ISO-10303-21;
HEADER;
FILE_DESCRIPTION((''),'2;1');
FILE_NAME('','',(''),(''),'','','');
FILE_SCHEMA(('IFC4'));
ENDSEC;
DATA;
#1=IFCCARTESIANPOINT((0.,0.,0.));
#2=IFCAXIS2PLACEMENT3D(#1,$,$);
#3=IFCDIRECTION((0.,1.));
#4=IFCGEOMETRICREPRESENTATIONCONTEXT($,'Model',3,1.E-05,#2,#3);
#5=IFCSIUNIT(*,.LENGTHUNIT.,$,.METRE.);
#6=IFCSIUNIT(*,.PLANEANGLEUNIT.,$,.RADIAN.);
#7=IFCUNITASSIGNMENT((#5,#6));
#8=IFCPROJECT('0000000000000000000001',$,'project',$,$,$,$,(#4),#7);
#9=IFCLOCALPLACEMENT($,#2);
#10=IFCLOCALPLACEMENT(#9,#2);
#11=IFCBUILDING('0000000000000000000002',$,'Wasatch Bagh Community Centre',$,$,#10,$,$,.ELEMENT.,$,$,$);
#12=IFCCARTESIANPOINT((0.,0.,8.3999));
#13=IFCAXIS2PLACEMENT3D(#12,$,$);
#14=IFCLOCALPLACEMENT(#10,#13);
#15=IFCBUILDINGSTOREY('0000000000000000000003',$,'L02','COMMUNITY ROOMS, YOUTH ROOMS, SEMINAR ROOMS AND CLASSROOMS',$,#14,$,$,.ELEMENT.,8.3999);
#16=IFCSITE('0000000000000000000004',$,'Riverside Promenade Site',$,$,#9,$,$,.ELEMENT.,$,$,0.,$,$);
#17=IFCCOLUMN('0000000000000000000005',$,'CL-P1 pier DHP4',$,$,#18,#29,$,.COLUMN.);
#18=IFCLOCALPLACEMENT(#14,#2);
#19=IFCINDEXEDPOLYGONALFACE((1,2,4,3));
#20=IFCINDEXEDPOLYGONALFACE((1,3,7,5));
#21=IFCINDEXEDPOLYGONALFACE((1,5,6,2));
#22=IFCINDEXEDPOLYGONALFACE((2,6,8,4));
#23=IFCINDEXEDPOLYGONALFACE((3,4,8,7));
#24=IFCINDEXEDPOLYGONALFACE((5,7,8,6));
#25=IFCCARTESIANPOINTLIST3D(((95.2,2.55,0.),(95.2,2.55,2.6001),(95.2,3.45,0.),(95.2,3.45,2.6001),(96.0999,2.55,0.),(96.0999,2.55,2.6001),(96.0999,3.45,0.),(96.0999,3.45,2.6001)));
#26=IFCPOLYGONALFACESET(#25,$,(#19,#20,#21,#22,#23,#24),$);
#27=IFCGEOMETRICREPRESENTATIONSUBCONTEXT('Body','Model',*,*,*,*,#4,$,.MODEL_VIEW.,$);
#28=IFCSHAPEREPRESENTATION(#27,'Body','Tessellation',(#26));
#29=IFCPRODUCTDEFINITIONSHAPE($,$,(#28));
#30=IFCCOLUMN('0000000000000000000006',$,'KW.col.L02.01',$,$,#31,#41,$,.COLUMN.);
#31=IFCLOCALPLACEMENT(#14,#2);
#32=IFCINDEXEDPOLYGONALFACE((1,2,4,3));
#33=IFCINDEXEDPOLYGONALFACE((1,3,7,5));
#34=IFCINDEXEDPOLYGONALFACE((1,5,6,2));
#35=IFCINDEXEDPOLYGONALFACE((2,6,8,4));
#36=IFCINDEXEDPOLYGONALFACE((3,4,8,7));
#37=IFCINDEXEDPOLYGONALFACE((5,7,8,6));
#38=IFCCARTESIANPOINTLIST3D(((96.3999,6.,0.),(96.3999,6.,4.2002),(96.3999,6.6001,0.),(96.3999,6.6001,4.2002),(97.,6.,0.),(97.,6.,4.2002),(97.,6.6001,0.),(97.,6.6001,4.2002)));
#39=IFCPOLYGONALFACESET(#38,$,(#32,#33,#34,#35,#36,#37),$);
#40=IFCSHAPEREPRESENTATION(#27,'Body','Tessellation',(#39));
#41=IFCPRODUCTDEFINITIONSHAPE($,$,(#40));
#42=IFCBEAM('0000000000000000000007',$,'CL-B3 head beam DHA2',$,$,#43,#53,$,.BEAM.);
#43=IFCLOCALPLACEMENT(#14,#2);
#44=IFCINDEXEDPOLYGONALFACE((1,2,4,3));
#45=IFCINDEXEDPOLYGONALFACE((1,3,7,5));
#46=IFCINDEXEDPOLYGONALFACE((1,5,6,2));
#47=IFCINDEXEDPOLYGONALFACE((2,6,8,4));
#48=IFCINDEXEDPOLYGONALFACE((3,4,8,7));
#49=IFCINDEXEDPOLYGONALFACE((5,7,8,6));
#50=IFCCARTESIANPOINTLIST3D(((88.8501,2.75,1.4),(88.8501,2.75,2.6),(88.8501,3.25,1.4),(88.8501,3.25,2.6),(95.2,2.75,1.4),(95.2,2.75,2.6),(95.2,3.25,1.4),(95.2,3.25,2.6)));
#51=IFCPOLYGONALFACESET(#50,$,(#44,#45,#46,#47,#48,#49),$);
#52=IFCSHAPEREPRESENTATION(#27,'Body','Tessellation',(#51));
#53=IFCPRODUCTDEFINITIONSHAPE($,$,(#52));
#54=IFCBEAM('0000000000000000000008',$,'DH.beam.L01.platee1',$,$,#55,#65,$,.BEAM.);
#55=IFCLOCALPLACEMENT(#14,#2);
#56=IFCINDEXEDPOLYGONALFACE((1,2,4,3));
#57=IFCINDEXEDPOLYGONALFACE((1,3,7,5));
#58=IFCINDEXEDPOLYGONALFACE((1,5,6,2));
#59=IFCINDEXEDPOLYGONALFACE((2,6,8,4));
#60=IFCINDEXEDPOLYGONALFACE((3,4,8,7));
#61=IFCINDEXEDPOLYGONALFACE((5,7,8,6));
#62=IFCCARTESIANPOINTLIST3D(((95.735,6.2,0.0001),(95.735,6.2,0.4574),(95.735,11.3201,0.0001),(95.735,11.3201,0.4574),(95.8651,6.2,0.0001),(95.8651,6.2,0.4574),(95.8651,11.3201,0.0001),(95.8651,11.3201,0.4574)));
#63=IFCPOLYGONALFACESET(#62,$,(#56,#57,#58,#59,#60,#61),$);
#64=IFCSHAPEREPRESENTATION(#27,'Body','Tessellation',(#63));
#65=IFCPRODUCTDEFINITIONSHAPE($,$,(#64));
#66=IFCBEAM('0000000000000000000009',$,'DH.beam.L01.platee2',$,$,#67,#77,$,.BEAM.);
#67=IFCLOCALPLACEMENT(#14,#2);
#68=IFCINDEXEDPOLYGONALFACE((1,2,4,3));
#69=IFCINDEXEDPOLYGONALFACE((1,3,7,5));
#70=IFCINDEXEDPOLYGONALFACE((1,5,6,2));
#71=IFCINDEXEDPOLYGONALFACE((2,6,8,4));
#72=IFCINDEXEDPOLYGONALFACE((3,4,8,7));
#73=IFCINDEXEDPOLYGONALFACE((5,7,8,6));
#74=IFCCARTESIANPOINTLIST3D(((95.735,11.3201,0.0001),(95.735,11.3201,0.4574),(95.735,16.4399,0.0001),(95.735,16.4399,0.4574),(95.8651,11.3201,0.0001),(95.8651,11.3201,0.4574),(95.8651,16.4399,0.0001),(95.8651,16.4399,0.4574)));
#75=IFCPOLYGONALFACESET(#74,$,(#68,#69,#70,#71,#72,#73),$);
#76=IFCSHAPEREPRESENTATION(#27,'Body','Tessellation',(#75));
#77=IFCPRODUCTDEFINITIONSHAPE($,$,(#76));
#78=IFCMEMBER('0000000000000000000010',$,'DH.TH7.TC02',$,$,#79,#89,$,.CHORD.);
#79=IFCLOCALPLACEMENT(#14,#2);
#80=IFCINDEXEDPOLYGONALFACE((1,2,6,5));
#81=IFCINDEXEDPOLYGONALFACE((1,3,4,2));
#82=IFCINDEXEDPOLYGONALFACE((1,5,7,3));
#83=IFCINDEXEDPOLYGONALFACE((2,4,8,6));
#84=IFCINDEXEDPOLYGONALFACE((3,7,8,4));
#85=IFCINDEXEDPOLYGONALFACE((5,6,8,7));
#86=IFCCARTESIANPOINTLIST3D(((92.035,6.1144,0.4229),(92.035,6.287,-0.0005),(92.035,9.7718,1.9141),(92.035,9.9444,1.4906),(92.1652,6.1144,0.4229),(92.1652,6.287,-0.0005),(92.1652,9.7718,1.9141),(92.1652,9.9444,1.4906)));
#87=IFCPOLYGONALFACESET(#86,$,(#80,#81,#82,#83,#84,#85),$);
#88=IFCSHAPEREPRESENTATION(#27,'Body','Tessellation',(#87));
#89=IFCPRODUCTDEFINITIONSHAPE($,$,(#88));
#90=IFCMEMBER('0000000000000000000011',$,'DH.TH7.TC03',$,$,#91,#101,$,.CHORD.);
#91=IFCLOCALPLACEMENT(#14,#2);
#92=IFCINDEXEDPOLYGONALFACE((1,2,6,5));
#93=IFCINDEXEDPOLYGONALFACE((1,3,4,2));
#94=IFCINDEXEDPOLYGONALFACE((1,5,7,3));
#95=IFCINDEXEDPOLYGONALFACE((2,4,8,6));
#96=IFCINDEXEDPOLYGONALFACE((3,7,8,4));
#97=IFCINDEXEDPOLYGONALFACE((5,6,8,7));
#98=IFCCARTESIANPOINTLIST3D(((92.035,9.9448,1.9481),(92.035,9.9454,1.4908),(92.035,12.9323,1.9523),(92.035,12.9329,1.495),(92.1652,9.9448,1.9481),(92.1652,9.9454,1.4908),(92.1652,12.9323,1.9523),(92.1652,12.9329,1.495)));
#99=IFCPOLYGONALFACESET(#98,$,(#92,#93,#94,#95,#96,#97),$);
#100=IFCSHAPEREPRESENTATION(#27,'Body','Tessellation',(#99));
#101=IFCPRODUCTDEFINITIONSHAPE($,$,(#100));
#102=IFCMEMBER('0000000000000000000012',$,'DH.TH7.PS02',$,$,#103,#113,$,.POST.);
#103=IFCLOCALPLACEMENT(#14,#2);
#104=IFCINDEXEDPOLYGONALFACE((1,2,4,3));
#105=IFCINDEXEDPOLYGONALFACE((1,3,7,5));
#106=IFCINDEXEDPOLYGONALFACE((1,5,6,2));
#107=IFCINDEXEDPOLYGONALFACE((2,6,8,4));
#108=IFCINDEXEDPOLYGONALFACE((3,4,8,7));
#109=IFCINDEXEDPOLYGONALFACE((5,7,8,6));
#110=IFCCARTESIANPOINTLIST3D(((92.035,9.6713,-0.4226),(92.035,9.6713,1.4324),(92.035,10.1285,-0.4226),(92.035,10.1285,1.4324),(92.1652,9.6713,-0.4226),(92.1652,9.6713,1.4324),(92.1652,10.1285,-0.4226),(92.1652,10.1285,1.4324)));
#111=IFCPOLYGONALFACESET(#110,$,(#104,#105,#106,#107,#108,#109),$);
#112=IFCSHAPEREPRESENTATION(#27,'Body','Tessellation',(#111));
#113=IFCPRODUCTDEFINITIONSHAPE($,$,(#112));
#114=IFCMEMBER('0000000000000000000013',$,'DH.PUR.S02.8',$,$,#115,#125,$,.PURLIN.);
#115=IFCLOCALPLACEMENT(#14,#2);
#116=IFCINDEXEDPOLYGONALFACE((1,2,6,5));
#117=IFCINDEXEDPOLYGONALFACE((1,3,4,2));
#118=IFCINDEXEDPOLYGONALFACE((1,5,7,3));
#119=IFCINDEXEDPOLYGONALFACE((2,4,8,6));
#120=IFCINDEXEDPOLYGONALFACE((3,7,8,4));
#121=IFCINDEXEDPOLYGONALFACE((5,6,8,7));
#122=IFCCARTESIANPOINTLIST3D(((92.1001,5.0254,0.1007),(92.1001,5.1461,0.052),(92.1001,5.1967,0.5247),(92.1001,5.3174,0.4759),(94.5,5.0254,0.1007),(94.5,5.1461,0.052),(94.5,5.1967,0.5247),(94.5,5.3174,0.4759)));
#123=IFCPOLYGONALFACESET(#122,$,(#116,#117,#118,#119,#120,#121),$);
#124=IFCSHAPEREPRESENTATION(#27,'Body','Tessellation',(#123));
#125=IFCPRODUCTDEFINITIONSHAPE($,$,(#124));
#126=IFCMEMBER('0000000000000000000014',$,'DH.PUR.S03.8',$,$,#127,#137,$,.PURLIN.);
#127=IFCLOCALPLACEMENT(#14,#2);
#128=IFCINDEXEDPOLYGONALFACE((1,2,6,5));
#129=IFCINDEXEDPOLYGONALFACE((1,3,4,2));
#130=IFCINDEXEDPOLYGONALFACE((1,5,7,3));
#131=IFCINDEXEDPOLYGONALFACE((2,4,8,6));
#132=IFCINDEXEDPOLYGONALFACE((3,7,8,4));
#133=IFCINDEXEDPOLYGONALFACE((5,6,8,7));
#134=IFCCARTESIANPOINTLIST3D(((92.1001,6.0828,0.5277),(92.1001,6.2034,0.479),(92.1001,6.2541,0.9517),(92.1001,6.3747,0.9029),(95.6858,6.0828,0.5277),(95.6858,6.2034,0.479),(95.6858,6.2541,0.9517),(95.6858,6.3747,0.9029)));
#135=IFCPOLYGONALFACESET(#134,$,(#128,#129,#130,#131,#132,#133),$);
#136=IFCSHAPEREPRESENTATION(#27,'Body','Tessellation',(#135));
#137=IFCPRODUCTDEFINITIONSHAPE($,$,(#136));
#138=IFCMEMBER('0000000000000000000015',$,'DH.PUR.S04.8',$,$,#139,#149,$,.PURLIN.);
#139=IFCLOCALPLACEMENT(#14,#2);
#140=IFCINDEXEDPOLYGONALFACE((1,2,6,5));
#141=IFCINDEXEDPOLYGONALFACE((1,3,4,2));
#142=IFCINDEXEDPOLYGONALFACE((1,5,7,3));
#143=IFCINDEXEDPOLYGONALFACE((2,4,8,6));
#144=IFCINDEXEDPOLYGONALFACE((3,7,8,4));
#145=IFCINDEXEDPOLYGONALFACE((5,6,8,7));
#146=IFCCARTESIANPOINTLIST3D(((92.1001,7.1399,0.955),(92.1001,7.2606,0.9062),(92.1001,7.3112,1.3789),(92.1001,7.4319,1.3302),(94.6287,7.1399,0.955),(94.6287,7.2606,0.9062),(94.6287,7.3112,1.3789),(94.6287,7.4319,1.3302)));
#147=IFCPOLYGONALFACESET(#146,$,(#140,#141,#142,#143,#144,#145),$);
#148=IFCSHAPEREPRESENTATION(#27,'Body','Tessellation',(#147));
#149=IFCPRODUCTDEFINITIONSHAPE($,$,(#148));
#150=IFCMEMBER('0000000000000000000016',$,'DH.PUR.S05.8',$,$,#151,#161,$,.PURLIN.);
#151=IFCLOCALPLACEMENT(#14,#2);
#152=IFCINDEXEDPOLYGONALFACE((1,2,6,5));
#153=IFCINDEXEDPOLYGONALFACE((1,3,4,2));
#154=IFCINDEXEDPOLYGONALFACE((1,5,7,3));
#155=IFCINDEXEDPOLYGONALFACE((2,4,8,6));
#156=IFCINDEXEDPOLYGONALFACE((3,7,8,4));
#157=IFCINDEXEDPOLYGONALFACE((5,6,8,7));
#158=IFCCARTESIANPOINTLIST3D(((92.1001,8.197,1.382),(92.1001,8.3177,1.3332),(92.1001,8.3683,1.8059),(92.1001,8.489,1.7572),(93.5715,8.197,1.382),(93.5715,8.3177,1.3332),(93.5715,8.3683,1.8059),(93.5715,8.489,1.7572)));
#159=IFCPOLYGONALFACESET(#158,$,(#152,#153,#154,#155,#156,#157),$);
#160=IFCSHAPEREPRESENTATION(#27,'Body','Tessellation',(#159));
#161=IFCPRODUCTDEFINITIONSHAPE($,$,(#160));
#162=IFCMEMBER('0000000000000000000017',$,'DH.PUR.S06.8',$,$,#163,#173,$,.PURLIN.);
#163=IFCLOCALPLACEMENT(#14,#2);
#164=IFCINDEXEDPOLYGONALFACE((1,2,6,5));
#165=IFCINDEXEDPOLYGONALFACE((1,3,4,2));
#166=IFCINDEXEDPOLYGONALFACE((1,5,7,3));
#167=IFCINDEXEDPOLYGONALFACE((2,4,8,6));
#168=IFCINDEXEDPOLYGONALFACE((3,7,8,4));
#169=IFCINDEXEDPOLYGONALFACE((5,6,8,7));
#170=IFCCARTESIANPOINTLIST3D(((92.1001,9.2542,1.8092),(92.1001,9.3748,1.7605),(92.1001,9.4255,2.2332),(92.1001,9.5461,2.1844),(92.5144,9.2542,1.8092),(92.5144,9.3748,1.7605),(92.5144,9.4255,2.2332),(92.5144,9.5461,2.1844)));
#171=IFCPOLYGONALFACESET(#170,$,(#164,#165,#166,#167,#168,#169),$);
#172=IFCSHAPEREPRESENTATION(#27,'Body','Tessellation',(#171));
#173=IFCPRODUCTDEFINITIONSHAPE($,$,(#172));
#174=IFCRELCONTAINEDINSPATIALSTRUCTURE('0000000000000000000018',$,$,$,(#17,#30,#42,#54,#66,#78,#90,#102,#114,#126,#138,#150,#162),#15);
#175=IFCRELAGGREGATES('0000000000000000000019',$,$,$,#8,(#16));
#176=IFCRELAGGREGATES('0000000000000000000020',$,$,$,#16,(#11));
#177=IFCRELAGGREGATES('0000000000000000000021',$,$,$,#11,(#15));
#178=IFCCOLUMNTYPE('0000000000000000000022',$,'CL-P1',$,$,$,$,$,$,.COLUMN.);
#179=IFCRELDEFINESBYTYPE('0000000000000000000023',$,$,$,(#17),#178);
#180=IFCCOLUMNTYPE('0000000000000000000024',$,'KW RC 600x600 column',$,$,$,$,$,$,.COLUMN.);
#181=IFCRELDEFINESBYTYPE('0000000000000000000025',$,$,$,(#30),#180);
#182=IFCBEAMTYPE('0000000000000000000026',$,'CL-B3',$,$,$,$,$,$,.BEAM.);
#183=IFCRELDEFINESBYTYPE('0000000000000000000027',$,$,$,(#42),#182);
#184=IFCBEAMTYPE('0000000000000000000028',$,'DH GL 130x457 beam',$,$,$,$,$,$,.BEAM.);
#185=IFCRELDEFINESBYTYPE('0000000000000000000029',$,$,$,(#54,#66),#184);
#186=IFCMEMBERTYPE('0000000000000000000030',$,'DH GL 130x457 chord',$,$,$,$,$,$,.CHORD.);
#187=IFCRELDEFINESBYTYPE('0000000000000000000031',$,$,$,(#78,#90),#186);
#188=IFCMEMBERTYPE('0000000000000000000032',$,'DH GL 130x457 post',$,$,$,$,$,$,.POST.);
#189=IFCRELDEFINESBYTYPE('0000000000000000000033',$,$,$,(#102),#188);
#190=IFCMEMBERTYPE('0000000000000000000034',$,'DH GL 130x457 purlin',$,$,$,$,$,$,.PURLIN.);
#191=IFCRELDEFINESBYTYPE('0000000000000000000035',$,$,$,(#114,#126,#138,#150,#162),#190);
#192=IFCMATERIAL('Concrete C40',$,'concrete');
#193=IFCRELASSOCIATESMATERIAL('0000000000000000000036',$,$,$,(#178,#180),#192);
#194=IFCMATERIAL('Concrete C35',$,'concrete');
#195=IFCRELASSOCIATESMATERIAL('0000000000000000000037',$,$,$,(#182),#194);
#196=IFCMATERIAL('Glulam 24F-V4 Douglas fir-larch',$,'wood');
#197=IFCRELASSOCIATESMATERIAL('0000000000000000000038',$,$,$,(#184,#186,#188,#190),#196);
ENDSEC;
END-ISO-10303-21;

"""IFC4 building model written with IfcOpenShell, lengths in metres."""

from ifc_helpers import new_model, si_unit, direction, frame, origin, origin_2d, place, context, subcontext, project, spatial, rectangle, extrude, material, material_profile, profile_set, type_object, element, save


model = new_model("IFC4")

# Units and contexts
model_context = context("Model", 3, precision=1e-05, world=origin(), true_north=direction((0.0, 1.0)))
body_context = subcontext(model_context, "Body", "Model", "MODEL_VIEW")
ifc_project = project(units=[si_unit("LENGTHUNIT", "METRE"), si_unit("PLANEANGLEUNIT", "RADIAN")], contexts=[model_context])

# Site, building, storey
site_placement = place(None, origin())
site = spatial("IfcSite", under=ifc_project, at=site_placement, Name="Riverside Promenade Site", CompositionType="ELEMENT", RefElevation=0.0)
building_placement = place(site_placement, origin())
building = spatial("IfcBuilding", under=site, at=building_placement, Name="Wasatch Bagh Community Centre", CompositionType="ELEMENT")
storey_placement = place(building_placement, frame((0.0, 0.0, 8.3999)))
storey = spatial("IfcBuildingStorey", under=building, at=storey_placement, Name="L02", Description="COMMUNITY ROOMS, YOUTH ROOMS, SEMINAR ROOMS AND CLASSROOMS", CompositionType="ELEMENT", Elevation=8.3999)

# Columns
ifc_material_1 = material(Name="Concrete C40", Category="concrete")
ifc_material_profile_1 = material_profile(ifc_material_1, rectangle(XDim=0.8999, YDim=0.8999, at=origin_2d()), Name="RC 900x900")
ifc_profile_set_1 = profile_set([ifc_material_profile_1], Name="Concrete C40")
column_type_1 = type_object("IfcColumnType", Name="CL-P1", PredefinedType="COLUMN", material=ifc_profile_set_1)
column_1_placement = place(storey_placement, frame((95.6499, 3.0, 0.0), z_axis=(0.0, 0.0, 1.0), x_axis=(1.0, 0.0, 0.0)))
element("IfcColumn", 1, at=column_1_placement, inside=storey, type_object=column_type_1, Name="CL-P1 pier DHP4", PredefinedType="COLUMN", context=body_context, shape_type="SweptSolid", body=[
    extrude(rectangle(XDim=0.8999, YDim=0.8999, at=origin_2d()), origin(), (0.0, 0.0, 1.0), 2.6001),
])
ifc_material_profile_2 = material_profile(ifc_material_1, rectangle(XDim=0.6001, YDim=0.6001, at=origin_2d()), Name="RC 600x600")
ifc_profile_set_2 = profile_set([ifc_material_profile_2], Name="Concrete C40")
column_type_2 = type_object("IfcColumnType", Name="KW RC 600x600 column", PredefinedType="COLUMN", material=ifc_profile_set_2)
column_2_placement = place(storey_placement, frame((96.7, 6.3, 0.0), z_axis=(0.0, 0.0, 1.0), x_axis=(1.0, 0.0, 0.0)))
element("IfcColumn", 2, at=column_2_placement, inside=storey, type_object=column_type_2, Name="KW.col.L02.01", PredefinedType="COLUMN", context=body_context, shape_type="SweptSolid", body=[
    extrude(rectangle(XDim=0.6001, YDim=0.6001, at=origin_2d()), origin(), (0.0, 0.0, 1.0), 4.2002),
])

# Beams
ifc_material_2 = material(Name="Concrete C35", Category="concrete")
ifc_material_profile_3 = material_profile(ifc_material_2, rectangle(XDim=0.5, YDim=1.2, at=origin_2d()), Name="RC 500x1200")
ifc_profile_set_3 = profile_set([ifc_material_profile_3], Name="Concrete C35")
beam_type_1 = type_object("IfcBeamType", Name="CL-B3", PredefinedType="BEAM", material=ifc_profile_set_3)
beam_1_placement = place(storey_placement, frame((88.8501, 3.0, 2.0), z_axis=(1.0, 0.0, 0.0), x_axis=(0.0, 1.0, 0.0)))
element("IfcBeam", 3, at=beam_1_placement, inside=storey, type_object=beam_type_1, Name="CL-B3 head beam DHA2", PredefinedType="BEAM", context=body_context, shape_type="SweptSolid", body=[
    extrude(rectangle(XDim=0.5, YDim=1.2, at=origin_2d()), origin(), (0.0, 0.0, 1.0), 6.3499),
])
ifc_material_3 = material(Name="Glulam 24F-V4 Douglas fir-larch", Category="wood")
ifc_material_profile_4 = material_profile(ifc_material_3, rectangle(XDim=0.1301, YDim=0.4573, at=origin_2d()), Name="GL 130x457")
ifc_profile_set_4 = profile_set([ifc_material_profile_4], Name="Glulam 24F-V4 Douglas fir-larch")
beam_type_2 = type_object("IfcBeamType", Name="DH GL 130x457 beam", PredefinedType="BEAM", material=ifc_profile_set_4)
beam_2_placement = place(storey_placement, frame((95.8, 6.2, 0.2288), z_axis=(0.0, 1.0, 0.0), x_axis=(-1.0, 0.0, 0.0)))
element("IfcBeam", 4, at=beam_2_placement, inside=storey, type_object=beam_type_2, Name="DH.beam.L01.platee1", PredefinedType="BEAM", context=body_context, shape_type="SweptSolid", body=[
    extrude(rectangle(XDim=0.1301, YDim=0.4573, at=origin_2d()), origin(), (0.0, 0.0, 1.0), 5.1201),
])
beam_3_placement = place(storey_placement, frame((95.8, 11.3201, 0.2288), z_axis=(0.0, 1.0, 0.0), x_axis=(-1.0, 0.0, 0.0)))
element("IfcBeam", 5, at=beam_3_placement, inside=storey, type_object=beam_type_2, Name="DH.beam.L01.platee2", PredefinedType="BEAM", context=body_context, shape_type="SweptSolid", body=[
    extrude(rectangle(XDim=0.1301, YDim=0.4573, at=origin_2d()), origin(), (0.0, 0.0, 1.0), 5.1199),
])

# Members
ifc_material_profile_5 = material_profile(ifc_material_3, rectangle(XDim=0.1301, YDim=0.4573, at=origin_2d()), Name="GL 130x457")
ifc_profile_set_5 = profile_set([ifc_material_profile_5], Name="Glulam 24F-V4 Douglas fir-larch")
member_type_1 = type_object("IfcMemberType", Name="DH GL 130x457 chord", PredefinedType="CHORD", material=ifc_profile_set_5)
member_1_placement = place(storey_placement, frame((92.1001, 6.2007, 0.2112), z_axis=(0.0, 0.925992, 0.377542), x_axis=(-1.0, 0.0, 0.0)))
element("IfcMember", 6, at=member_1_placement, inside=storey, type_object=member_type_1, Name="DH.TH7.TC02", PredefinedType="CHORD", context=body_context, shape_type="SweptSolid", body=[
    extrude(rectangle(XDim=0.1301, YDim=0.4573, at=origin_2d()), origin(), (0.0, 0.0, 1.0), 3.9497),
])
member_2_placement = place(storey_placement, frame((92.1001, 9.9451, 1.7195), z_axis=(0.0, 0.999999, 0.001389), x_axis=(-1.0, 0.0, 0.0)))
element("IfcMember", 7, at=member_2_placement, inside=storey, type_object=member_type_1, Name="DH.TH7.TC03", PredefinedType="CHORD", context=body_context, shape_type="SweptSolid", body=[
    extrude(rectangle(XDim=0.1301, YDim=0.4573, at=origin_2d()), origin(), (0.0, 0.0, 1.0), 2.9875),
])
ifc_material_profile_6 = material_profile(ifc_material_3, rectangle(XDim=0.1301, YDim=0.4573, at=origin_2d()), Name="GL 130x457")
ifc_profile_set_6 = profile_set([ifc_material_profile_6], Name="Glulam 24F-V4 Douglas fir-larch")
member_type_2 = type_object("IfcMemberType", Name="DH GL 130x457 post", PredefinedType="POST", material=ifc_profile_set_6)
member_3_placement = place(storey_placement, frame((92.1001, 9.8999, -0.4226), z_axis=(0.0, 0.0, 1.0), x_axis=(1.0, 0.0, 0.0)))
element("IfcMember", 8, at=member_3_placement, inside=storey, type_object=member_type_2, Name="DH.TH7.PS02", PredefinedType="POST", context=body_context, shape_type="SweptSolid", body=[
    extrude(rectangle(XDim=0.1301, YDim=0.4573, at=origin_2d()), origin(), (0.0, 0.0, 1.0), 1.855),
])
ifc_material_profile_7 = material_profile(ifc_material_3, rectangle(XDim=0.1301, YDim=0.4573, at=origin_2d()), Name="GL 130x457")
ifc_profile_set_7 = profile_set([ifc_material_profile_7], Name="Glulam 24F-V4 Douglas fir-larch")
member_type_3 = type_object("IfcMemberType", Name="DH GL 130x457 purlin", PredefinedType="PURLIN", material=ifc_profile_set_7)
member_4_placement = place(storey_placement, frame((92.1001, 5.1714, 0.2883), z_axis=(1.0, 0.0, 0.0), x_axis=(0.0, 0.927184, -0.374607)))
element("IfcMember", 9, at=member_4_placement, inside=storey, type_object=member_type_3, Name="DH.PUR.S02.8", PredefinedType="PURLIN", context=body_context, shape_type="SweptSolid", body=[
    extrude(rectangle(XDim=0.1301, YDim=0.4573, at=origin_2d()), origin(), (0.0, 0.0, 1.0), 2.3999),
])
member_5_placement = place(storey_placement, frame((92.1001, 6.2288, 0.7153), z_axis=(1.0, 0.0, 0.0), x_axis=(0.0, 0.927184, -0.374607)))
element("IfcMember", 10, at=member_5_placement, inside=storey, type_object=member_type_3, Name="DH.PUR.S03.8", PredefinedType="PURLIN", context=body_context, shape_type="SweptSolid", body=[
    extrude(rectangle(XDim=0.1301, YDim=0.4573, at=origin_2d()), origin(), (0.0, 0.0, 1.0), 3.5857),
])
member_6_placement = place(storey_placement, frame((92.1001, 7.2859, 1.1426), z_axis=(1.0, 0.0, 0.0), x_axis=(0.0, 0.927184, -0.374607)))
element("IfcMember", 11, at=member_6_placement, inside=storey, type_object=member_type_3, Name="DH.PUR.S04.8", PredefinedType="PURLIN", context=body_context, shape_type="SweptSolid", body=[
    extrude(rectangle(XDim=0.1301, YDim=0.4573, at=origin_2d()), origin(), (0.0, 0.0, 1.0), 2.5286),
])
member_7_placement = place(storey_placement, frame((92.1001, 8.343, 1.5696), z_axis=(1.0, 0.0, 0.0), x_axis=(0.0, 0.927184, -0.374607)))
element("IfcMember", 12, at=member_7_placement, inside=storey, type_object=member_type_3, Name="DH.PUR.S05.8", PredefinedType="PURLIN", context=body_context, shape_type="SweptSolid", body=[
    extrude(rectangle(XDim=0.1301, YDim=0.4573, at=origin_2d()), origin(), (0.0, 0.0, 1.0), 1.4714),
])
member_8_placement = place(storey_placement, frame((92.1001, 9.4001, 1.9968), z_axis=(1.0, 0.0, 0.0), x_axis=(0.0, 0.927184, -0.374607)))
element("IfcMember", 13, at=member_8_placement, inside=storey, type_object=member_type_3, Name="DH.PUR.S06.8", PredefinedType="PURLIN", context=body_context, shape_type="SweptSolid", body=[
    extrude(rectangle(XDim=0.1301, YDim=0.4573, at=origin_2d()), origin(), (0.0, 0.0, 1.0), 0.4143),
])

save(model, "model.ifc")
